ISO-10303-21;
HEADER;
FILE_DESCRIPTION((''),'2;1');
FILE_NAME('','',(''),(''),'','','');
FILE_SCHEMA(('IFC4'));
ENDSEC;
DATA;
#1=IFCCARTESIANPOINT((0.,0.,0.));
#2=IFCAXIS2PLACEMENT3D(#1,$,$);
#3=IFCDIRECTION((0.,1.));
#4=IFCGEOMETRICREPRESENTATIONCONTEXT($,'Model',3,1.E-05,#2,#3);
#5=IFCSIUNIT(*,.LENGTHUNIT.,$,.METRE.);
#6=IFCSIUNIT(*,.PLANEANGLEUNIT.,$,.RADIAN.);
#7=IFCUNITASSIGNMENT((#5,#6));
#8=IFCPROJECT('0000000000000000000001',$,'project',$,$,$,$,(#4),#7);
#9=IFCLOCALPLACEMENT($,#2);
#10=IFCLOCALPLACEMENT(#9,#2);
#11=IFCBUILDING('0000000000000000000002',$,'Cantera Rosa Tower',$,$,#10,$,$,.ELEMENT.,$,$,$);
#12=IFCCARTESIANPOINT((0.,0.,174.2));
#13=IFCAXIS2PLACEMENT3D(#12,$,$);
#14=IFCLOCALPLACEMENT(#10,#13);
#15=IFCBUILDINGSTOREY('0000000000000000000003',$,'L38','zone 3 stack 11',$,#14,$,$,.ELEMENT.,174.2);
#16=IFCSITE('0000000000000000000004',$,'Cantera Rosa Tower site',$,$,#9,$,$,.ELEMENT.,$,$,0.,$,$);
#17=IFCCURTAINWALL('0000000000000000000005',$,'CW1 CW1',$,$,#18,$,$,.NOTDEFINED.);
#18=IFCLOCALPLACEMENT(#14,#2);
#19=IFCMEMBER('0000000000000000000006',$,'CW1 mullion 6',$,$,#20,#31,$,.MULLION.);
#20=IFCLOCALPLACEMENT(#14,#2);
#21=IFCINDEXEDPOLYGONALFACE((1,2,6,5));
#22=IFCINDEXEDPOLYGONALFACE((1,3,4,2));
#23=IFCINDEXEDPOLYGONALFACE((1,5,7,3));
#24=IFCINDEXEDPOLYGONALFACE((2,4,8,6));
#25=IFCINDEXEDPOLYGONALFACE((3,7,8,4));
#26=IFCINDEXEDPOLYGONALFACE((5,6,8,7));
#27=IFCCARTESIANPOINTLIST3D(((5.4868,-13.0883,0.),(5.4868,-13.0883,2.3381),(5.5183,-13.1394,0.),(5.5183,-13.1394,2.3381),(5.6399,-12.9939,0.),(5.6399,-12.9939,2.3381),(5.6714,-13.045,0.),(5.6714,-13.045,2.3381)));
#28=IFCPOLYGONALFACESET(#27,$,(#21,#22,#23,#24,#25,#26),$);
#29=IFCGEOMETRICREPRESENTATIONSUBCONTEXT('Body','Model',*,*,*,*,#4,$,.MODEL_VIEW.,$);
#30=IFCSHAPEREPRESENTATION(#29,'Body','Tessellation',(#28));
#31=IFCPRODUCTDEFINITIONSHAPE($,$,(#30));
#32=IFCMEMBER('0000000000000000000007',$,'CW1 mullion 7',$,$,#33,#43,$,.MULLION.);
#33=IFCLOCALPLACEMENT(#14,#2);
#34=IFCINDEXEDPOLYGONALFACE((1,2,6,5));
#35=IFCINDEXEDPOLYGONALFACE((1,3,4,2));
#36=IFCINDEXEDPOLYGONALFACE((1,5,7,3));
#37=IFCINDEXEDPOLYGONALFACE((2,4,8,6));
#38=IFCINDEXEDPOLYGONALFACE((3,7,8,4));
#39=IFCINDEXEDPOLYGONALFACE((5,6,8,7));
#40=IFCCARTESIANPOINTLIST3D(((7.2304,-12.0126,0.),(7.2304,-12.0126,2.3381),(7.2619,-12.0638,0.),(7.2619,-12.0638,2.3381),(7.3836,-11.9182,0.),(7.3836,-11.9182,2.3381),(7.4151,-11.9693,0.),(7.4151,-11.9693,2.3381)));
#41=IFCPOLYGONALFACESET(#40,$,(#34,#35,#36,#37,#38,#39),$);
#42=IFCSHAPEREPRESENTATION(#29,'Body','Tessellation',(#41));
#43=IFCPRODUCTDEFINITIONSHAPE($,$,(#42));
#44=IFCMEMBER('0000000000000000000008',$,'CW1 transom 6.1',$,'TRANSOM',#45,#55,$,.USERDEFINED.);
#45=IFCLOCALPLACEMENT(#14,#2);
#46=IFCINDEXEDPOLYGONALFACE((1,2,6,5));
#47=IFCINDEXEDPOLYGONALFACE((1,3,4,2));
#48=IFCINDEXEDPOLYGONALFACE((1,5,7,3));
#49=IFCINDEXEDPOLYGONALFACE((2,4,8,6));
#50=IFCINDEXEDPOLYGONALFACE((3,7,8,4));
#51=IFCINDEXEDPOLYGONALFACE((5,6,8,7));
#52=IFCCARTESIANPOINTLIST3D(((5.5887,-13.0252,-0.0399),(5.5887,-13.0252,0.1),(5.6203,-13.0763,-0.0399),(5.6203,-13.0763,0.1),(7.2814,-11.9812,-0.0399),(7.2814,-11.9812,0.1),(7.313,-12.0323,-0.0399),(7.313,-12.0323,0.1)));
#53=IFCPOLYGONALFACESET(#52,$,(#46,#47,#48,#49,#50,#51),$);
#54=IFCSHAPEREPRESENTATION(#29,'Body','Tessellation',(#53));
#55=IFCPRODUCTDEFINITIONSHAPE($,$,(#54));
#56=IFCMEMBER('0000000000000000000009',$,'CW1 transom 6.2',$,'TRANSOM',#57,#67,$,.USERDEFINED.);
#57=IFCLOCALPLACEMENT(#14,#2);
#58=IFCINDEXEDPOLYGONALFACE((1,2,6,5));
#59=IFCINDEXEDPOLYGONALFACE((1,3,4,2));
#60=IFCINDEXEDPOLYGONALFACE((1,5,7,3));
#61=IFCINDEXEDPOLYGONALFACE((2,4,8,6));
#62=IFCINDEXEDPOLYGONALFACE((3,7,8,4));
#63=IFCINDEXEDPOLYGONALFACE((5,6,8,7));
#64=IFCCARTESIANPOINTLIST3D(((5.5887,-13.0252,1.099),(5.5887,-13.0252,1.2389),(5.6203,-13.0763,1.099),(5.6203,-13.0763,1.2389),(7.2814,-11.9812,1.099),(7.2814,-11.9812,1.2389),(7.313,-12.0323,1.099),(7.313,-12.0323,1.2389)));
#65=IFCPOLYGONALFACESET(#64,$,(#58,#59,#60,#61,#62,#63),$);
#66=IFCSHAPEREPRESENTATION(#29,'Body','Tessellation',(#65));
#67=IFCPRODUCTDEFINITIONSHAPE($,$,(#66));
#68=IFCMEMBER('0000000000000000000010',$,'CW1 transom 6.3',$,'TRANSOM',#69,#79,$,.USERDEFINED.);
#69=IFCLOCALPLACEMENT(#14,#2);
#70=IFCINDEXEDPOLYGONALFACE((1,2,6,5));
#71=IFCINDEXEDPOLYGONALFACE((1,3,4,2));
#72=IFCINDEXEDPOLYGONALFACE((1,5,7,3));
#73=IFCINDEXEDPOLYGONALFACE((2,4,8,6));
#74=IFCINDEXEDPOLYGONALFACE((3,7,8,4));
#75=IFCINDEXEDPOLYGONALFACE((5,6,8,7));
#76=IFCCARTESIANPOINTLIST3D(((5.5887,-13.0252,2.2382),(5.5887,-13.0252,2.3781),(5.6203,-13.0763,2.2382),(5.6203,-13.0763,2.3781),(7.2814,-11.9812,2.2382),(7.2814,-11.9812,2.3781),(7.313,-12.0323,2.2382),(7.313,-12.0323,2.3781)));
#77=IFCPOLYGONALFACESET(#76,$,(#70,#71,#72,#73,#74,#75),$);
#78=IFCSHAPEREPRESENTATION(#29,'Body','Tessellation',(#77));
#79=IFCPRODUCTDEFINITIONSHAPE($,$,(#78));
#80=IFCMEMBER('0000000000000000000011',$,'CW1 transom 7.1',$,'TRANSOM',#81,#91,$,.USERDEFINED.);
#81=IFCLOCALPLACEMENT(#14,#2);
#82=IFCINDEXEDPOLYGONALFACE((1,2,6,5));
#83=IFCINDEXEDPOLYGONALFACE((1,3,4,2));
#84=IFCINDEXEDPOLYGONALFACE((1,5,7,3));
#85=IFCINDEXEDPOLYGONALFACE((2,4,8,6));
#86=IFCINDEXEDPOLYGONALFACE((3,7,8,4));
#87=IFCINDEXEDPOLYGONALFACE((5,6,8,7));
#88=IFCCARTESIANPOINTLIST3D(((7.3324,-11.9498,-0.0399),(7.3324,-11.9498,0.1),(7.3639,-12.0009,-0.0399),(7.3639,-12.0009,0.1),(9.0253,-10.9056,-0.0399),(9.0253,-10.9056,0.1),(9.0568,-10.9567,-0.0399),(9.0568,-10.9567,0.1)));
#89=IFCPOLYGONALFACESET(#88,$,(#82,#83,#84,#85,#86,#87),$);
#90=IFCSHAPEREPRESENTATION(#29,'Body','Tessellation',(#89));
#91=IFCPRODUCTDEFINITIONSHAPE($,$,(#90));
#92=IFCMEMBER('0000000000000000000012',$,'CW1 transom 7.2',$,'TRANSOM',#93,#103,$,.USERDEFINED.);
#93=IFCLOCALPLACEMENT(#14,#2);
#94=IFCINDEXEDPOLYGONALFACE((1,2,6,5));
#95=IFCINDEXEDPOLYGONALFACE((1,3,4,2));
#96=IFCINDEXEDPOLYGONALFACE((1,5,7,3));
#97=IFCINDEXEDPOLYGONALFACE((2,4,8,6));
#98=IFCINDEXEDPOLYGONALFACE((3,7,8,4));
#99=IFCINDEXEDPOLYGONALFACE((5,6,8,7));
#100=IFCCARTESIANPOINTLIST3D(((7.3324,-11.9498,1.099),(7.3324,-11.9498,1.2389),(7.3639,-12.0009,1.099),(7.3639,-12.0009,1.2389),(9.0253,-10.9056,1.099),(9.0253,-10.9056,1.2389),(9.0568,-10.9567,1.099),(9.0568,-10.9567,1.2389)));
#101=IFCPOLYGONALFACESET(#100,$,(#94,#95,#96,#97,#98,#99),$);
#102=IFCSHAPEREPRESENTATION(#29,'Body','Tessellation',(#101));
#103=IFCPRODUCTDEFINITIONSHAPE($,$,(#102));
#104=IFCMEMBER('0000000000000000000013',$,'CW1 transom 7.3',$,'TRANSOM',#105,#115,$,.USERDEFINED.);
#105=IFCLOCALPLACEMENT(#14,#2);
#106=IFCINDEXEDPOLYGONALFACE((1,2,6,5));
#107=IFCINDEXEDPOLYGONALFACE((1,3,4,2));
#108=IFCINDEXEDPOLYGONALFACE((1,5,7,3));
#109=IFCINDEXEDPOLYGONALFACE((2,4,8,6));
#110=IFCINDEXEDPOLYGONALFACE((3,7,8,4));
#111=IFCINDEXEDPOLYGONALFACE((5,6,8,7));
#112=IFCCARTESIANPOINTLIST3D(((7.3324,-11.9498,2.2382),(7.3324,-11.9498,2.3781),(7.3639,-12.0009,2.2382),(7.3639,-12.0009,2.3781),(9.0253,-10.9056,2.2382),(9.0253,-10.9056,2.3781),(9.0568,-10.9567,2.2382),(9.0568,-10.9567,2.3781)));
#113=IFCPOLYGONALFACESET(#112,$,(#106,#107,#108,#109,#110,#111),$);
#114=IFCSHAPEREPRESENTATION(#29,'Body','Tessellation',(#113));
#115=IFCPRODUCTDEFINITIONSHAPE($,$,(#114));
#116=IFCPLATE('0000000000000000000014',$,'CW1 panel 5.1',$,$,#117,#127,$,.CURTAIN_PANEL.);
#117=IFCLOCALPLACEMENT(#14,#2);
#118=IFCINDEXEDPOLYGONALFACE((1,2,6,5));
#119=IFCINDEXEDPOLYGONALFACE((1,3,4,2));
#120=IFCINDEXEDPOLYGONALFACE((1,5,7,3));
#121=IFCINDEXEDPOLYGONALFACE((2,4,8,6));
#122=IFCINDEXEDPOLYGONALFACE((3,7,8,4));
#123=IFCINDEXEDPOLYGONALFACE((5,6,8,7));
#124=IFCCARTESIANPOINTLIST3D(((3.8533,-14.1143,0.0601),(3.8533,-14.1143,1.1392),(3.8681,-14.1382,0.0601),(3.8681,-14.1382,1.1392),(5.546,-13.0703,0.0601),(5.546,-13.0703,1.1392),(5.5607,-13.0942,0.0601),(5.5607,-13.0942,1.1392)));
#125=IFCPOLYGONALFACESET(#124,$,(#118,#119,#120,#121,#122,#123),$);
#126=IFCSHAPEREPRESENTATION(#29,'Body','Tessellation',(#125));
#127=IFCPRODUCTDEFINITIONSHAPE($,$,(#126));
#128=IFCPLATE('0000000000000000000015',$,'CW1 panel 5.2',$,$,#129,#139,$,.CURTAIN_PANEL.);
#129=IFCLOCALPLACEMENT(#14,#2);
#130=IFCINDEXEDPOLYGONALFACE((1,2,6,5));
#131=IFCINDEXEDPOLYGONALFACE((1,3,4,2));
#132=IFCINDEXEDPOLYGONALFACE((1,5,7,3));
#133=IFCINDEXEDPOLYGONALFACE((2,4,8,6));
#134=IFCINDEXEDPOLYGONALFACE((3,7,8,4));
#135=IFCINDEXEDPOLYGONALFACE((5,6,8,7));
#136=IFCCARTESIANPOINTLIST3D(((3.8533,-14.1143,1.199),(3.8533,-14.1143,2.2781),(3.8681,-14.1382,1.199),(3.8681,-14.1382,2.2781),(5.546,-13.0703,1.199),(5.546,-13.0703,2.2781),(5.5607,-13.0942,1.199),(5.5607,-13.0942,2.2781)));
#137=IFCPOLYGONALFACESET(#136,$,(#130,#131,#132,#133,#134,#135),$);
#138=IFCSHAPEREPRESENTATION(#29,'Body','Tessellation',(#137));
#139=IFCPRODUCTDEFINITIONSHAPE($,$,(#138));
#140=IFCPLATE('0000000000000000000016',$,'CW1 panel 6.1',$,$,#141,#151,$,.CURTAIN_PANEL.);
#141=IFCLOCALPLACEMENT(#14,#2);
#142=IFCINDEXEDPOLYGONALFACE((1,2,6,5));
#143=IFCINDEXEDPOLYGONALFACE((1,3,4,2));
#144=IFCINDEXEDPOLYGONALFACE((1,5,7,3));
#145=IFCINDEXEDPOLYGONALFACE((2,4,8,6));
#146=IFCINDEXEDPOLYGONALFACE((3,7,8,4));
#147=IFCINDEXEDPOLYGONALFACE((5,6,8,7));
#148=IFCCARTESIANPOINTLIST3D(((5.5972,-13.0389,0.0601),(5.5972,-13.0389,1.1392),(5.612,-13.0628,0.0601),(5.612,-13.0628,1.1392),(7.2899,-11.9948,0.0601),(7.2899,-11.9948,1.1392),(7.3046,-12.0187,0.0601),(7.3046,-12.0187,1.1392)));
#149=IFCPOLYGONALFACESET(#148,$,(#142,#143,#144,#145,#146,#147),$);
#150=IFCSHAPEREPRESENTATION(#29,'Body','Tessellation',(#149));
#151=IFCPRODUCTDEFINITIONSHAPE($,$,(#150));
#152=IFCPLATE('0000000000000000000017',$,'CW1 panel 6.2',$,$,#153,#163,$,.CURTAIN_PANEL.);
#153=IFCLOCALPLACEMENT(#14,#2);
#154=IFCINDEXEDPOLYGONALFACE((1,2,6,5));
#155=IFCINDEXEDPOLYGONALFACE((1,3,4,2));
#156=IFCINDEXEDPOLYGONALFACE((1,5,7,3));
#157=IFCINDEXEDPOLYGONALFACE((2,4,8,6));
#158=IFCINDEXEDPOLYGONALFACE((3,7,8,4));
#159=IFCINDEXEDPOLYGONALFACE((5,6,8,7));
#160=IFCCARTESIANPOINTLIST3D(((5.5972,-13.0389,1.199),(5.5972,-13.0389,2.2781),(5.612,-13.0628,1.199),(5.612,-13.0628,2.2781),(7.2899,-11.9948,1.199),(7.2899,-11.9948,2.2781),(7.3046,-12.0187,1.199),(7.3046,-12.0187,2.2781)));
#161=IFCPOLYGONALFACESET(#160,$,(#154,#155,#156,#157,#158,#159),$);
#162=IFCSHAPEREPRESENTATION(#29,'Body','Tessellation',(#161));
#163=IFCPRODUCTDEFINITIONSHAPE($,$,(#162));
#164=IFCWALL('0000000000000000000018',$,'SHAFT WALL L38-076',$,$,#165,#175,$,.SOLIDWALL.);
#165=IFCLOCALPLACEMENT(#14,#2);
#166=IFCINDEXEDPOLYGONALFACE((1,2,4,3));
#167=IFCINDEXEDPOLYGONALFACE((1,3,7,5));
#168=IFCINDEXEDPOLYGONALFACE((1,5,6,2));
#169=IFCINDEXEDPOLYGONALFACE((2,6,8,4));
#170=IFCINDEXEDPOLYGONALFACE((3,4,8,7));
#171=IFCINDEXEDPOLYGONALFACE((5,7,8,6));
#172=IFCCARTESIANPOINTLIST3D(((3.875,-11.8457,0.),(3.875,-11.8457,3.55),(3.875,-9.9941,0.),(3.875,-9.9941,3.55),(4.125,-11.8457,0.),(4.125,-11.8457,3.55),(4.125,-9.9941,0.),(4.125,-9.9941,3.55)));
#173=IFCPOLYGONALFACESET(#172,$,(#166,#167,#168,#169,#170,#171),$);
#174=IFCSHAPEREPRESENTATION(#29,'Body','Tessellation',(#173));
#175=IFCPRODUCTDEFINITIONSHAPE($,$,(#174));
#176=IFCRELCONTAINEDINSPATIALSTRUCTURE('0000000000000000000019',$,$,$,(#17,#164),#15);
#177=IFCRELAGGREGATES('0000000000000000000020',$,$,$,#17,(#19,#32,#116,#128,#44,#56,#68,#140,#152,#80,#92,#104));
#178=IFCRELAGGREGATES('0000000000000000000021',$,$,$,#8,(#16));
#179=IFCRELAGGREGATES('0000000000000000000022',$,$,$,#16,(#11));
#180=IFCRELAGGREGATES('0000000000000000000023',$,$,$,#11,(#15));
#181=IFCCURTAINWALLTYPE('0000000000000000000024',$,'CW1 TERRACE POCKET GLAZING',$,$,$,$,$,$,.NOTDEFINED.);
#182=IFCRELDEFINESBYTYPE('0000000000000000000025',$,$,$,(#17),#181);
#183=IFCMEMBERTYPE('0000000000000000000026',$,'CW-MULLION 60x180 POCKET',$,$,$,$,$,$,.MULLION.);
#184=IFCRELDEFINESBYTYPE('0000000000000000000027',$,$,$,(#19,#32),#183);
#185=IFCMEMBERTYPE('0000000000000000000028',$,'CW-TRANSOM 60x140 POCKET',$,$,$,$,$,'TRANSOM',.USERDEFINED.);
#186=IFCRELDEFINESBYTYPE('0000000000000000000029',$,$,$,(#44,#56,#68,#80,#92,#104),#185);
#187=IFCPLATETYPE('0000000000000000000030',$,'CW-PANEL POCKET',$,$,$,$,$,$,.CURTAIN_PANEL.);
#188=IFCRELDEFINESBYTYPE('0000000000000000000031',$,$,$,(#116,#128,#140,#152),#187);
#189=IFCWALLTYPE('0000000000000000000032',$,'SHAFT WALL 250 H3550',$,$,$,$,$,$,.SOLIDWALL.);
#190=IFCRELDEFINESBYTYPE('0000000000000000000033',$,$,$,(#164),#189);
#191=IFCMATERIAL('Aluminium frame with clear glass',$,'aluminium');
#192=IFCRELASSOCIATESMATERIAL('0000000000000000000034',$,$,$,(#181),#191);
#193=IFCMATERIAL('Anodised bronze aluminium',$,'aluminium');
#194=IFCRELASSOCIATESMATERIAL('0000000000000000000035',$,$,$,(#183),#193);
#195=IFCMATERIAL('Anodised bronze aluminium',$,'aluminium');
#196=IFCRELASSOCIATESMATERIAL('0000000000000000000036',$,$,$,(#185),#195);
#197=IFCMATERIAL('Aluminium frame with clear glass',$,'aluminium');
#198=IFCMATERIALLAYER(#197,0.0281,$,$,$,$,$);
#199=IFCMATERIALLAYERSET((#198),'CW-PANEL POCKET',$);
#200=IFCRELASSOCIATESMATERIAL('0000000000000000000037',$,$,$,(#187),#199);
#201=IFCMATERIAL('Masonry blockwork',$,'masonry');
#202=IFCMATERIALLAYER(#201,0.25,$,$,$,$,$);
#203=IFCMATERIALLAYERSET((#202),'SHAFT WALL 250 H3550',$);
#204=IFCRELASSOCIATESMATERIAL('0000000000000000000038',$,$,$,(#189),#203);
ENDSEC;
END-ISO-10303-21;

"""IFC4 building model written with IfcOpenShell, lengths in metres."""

from ifc_helpers import new_model, si_unit, direction, frame, frame_2d, origin, origin_2d, place, context, subcontext, project, spatial, rectangle, extrude, material, layer, layer_set, material_profile, profile_set, type_object, element, aggregate, save


model = new_model("IFC4")

# Units and contexts
model_context = context("Model", 3, precision=1e-05, world=origin(), true_north=direction((0.0, 1.0)))
body_context = subcontext(model_context, "Body", "Model", "MODEL_VIEW")
ifc_project = project(units=[si_unit("LENGTHUNIT", "METRE"), si_unit("PLANEANGLEUNIT", "RADIAN")], contexts=[model_context])

# Site, building, storey
site_placement = place(None, origin())
site = spatial("IfcSite", under=ifc_project, at=site_placement, Name="Cantera Rosa Tower site", CompositionType="ELEMENT", RefElevation=0.0)
building_placement = place(site_placement, origin())
building = spatial("IfcBuilding", under=site, at=building_placement, Name="Cantera Rosa Tower", CompositionType="ELEMENT")
storey_placement = place(building_placement, frame((0.0, 0.0, 174.2)))
storey = spatial("IfcBuildingStorey", under=building, at=storey_placement, Name="L38", Description="zone 3 stack 11", CompositionType="ELEMENT", Elevation=174.2)

# Curtain wall, members, plates
ifc_material_1 = material(Name="Aluminium frame with clear glass", Category="aluminium")
curtain_wall_type = type_object("IfcCurtainWallType", Name="CW1 TERRACE POCKET GLAZING", PredefinedType="NOTDEFINED", material=ifc_material_1)
curtain_wall_placement = place(storey_placement, origin())
curtain_wall = element("IfcCurtainWall", 1, at=curtain_wall_placement, inside=storey, type_object=curtain_wall_type, Name="CW1 CW1", PredefinedType="NOTDEFINED")
ifc_material_2 = material(Name="Anodised bronze aluminium", Category="aluminium")
ifc_material_profile_1 = material_profile(ifc_material_2, rectangle(XDim=0.0601, YDim=0.1799, at=origin_2d()), Name="CW-MULLION 60x180 POCKET")
ifc_profile_set_1 = profile_set([ifc_material_profile_1], Name="Anodised bronze aluminium")
member_type_1 = type_object("IfcMemberType", Name="CW-MULLION 60x180 POCKET", PredefinedType="MULLION", material=ifc_profile_set_1)
member_1_placement = place(storey_placement, frame((5.5791, -13.0667, 0.0), z_axis=(0.0, 0.0, 1.0), x_axis=(-0.524977, 0.851117, 0.0)))
member_1 = element("IfcMember", 2, at=member_1_placement, type_object=member_type_1, Name="CW1 mullion 6", PredefinedType="MULLION", context=body_context, shape_type="SweptSolid", body=[
    extrude(rectangle(XDim=0.0601, YDim=0.1799, at=origin_2d()), origin(), (0.0, 0.0, 1.0), 2.3381),
])
member_2_placement = place(storey_placement, frame((7.3228, -11.991, 0.0), z_axis=(0.0, 0.0, 1.0), x_axis=(-0.524977, 0.851117, 0.0)))
member_2 = element("IfcMember", 3, at=member_2_placement, type_object=member_type_1, Name="CW1 mullion 7", PredefinedType="MULLION", context=body_context, shape_type="SweptSolid", body=[
    extrude(rectangle(XDim=0.0601, YDim=0.1799, at=origin_2d()), origin(), (0.0, 0.0, 1.0), 2.3381),
])
ifc_material_3 = material(Name="Anodised bronze aluminium", Category="aluminium")
ifc_material_profile_2 = material_profile(ifc_material_3, rectangle(XDim=0.0601, YDim=0.1399, at=origin_2d()), Name="CW-TRANSOM 60x140 POCKET")
ifc_profile_set_2 = profile_set([ifc_material_profile_2], Name="Anodised bronze aluminium")
member_type_2 = type_object("IfcMemberType", Name="CW-TRANSOM 60x140 POCKET", ElementType="TRANSOM", PredefinedType="USERDEFINED", material=ifc_profile_set_2)
member_3_placement = place(storey_placement, frame((5.6045, -13.0508, 0.03), z_axis=(0.851135, 0.524947, 0.0), x_axis=(-0.524947, 0.851135, 0.0)))
member_3 = element("IfcMember", 4, at=member_3_placement, type_object=member_type_2, Name="CW1 transom 6.1", ObjectType="TRANSOM", PredefinedType="USERDEFINED", context=body_context, shape_type="SweptSolid", body=[
    extrude(rectangle(XDim=0.0601, YDim=0.1399, at=origin_2d()), origin(), (0.0, 0.0, 1.0), 1.9888),
])
member_4_placement = place(storey_placement, frame((5.6045, -13.0508, 1.1689), z_axis=(0.851135, 0.524947, 0.0), x_axis=(-0.524947, 0.851135, 0.0)))
member_4 = element("IfcMember", 5, at=member_4_placement, type_object=member_type_2, Name="CW1 transom 6.2", ObjectType="TRANSOM", PredefinedType="USERDEFINED", context=body_context, shape_type="SweptSolid", body=[
    extrude(rectangle(XDim=0.0601, YDim=0.1399, at=origin_2d()), origin(), (0.0, 0.0, 1.0), 1.9888),
])
member_5_placement = place(storey_placement, frame((5.6045, -13.0508, 2.3081), z_axis=(0.851135, 0.524947, 0.0), x_axis=(-0.524947, 0.851135, 0.0)))
member_5 = element("IfcMember", 6, at=member_5_placement, type_object=member_type_2, Name="CW1 transom 6.3", ObjectType="TRANSOM", PredefinedType="USERDEFINED", context=body_context, shape_type="SweptSolid", body=[
    extrude(rectangle(XDim=0.0601, YDim=0.1399, at=origin_2d()), origin(), (0.0, 0.0, 1.0), 1.9888),
])
member_6_placement = place(storey_placement, frame((7.3481, -11.9753, 0.03), z_axis=(0.851114, 0.524981, 0.0), x_axis=(-0.524981, 0.851114, 0.0)))
member_6 = element("IfcMember", 7, at=member_6_placement, type_object=member_type_2, Name="CW1 transom 7.1", ObjectType="TRANSOM", PredefinedType="USERDEFINED", context=body_context, shape_type="SweptSolid", body=[
    extrude(rectangle(XDim=0.0601, YDim=0.1399, at=origin_2d()), origin(), (0.0, 0.0, 1.0), 1.989),
])
member_7_placement = place(storey_placement, frame((7.3481, -11.9753, 1.1689), z_axis=(0.851114, 0.524981, 0.0), x_axis=(-0.524981, 0.851114, 0.0)))
member_7 = element("IfcMember", 8, at=member_7_placement, type_object=member_type_2, Name="CW1 transom 7.2", ObjectType="TRANSOM", PredefinedType="USERDEFINED", context=body_context, shape_type="SweptSolid", body=[
    extrude(rectangle(XDim=0.0601, YDim=0.1399, at=origin_2d()), origin(), (0.0, 0.0, 1.0), 1.989),
])
member_8_placement = place(storey_placement, frame((7.3481, -11.9753, 2.3081), z_axis=(0.851114, 0.524981, 0.0), x_axis=(-0.524981, 0.851114, 0.0)))
member_8 = element("IfcMember", 9, at=member_8_placement, type_object=member_type_2, Name="CW1 transom 7.3", ObjectType="TRANSOM", PredefinedType="USERDEFINED", context=body_context, shape_type="SweptSolid", body=[
    extrude(rectangle(XDim=0.0601, YDim=0.1399, at=origin_2d()), origin(), (0.0, 0.0, 1.0), 1.989),
])
ifc_material_4 = material(Name="Aluminium frame with clear glass", Category="aluminium")
ifc_layer_1 = layer(ifc_material_4, 0.0281)
ifc_layer_set_1 = layer_set([ifc_layer_1], Name="CW-PANEL POCKET")
plate_type = type_object("IfcPlateType", Name="CW-PANEL POCKET", PredefinedType="CURTAIN_PANEL", material=ifc_layer_set_1)
plate_1_placement = place(storey_placement, frame((4.707, -13.6042, 0.0601), z_axis=(0.0, 0.0, 1.0), x_axis=(0.851117, 0.524977, 0.0)))
plate_1 = element("IfcPlate", 10, at=plate_1_placement, type_object=plate_type, Name="CW1 panel 5.1", PredefinedType="CURTAIN_PANEL", context=body_context, shape_type="SweptSolid", body=[
    extrude(rectangle(XDim=1.9888, YDim=0.0281, at=origin_2d()), origin(), (0.0, 0.0, 1.0), 1.0791),
])
plate_2_placement = place(storey_placement, frame((4.707, -13.6042, 1.199), z_axis=(0.0, 0.0, 1.0), x_axis=(0.851117, 0.524977, 0.0)))
plate_2 = element("IfcPlate", 11, at=plate_2_placement, type_object=plate_type, Name="CW1 panel 5.2", PredefinedType="CURTAIN_PANEL", context=body_context, shape_type="SweptSolid", body=[
    extrude(rectangle(XDim=1.9888, YDim=0.0281, at=origin_2d()), origin(), (0.0, 0.0, 1.0), 1.0791),
])
plate_3_placement = place(storey_placement, frame((6.4509, -12.5288, 0.0601), z_axis=(0.0, 0.0, 1.0), x_axis=(0.851117, 0.524977, 0.0)))
plate_3 = element("IfcPlate", 12, at=plate_3_placement, type_object=plate_type, Name="CW1 panel 6.1", PredefinedType="CURTAIN_PANEL", context=body_context, shape_type="SweptSolid", body=[
    extrude(rectangle(XDim=1.9888, YDim=0.0281, at=origin_2d()), origin(), (0.0, 0.0, 1.0), 1.0791),
])
plate_4_placement = place(storey_placement, frame((6.4509, -12.5288, 1.199), z_axis=(0.0, 0.0, 1.0), x_axis=(0.851117, 0.524977, 0.0)))
plate_4 = element("IfcPlate", 13, at=plate_4_placement, type_object=plate_type, Name="CW1 panel 6.2", PredefinedType="CURTAIN_PANEL", context=body_context, shape_type="SweptSolid", body=[
    extrude(rectangle(XDim=1.9888, YDim=0.0281, at=origin_2d()), origin(), (0.0, 0.0, 1.0), 1.0791),
])
aggregate(curtain_wall, [member_1, member_2, plate_1, plate_2, member_3, member_4, member_5, plate_3, plate_4, member_6, member_7, member_8])

# Wall
ifc_material_5 = material(Name="Masonry blockwork", Category="masonry")
ifc_layer_2 = layer(ifc_material_5, 0.25)
ifc_layer_set_2 = layer_set([ifc_layer_2], Name="SHAFT WALL 250 H3550")
wall_type = type_object("IfcWallType", Name="SHAFT WALL 250 H3550", PredefinedType="SOLIDWALL", material=ifc_layer_set_2)
wall_1_placement = place(storey_placement, frame((4.0, -11.8457, 0.0), z_axis=(0.0, 0.0, 1.0), x_axis=(0.0, 1.0, 0.0)))
element("IfcWall", 14, at=wall_1_placement, inside=storey, type_object=wall_type, Name="SHAFT WALL L38-076", PredefinedType="SOLIDWALL", context=body_context, shape_type="SweptSolid", body=[
    extrude(rectangle(XDim=1.8516, YDim=0.25, at=frame_2d((0.9258, 0.0))), origin(), (0.0, 0.0, 1.0), 3.55),
])

save(model, "model.ifc")
